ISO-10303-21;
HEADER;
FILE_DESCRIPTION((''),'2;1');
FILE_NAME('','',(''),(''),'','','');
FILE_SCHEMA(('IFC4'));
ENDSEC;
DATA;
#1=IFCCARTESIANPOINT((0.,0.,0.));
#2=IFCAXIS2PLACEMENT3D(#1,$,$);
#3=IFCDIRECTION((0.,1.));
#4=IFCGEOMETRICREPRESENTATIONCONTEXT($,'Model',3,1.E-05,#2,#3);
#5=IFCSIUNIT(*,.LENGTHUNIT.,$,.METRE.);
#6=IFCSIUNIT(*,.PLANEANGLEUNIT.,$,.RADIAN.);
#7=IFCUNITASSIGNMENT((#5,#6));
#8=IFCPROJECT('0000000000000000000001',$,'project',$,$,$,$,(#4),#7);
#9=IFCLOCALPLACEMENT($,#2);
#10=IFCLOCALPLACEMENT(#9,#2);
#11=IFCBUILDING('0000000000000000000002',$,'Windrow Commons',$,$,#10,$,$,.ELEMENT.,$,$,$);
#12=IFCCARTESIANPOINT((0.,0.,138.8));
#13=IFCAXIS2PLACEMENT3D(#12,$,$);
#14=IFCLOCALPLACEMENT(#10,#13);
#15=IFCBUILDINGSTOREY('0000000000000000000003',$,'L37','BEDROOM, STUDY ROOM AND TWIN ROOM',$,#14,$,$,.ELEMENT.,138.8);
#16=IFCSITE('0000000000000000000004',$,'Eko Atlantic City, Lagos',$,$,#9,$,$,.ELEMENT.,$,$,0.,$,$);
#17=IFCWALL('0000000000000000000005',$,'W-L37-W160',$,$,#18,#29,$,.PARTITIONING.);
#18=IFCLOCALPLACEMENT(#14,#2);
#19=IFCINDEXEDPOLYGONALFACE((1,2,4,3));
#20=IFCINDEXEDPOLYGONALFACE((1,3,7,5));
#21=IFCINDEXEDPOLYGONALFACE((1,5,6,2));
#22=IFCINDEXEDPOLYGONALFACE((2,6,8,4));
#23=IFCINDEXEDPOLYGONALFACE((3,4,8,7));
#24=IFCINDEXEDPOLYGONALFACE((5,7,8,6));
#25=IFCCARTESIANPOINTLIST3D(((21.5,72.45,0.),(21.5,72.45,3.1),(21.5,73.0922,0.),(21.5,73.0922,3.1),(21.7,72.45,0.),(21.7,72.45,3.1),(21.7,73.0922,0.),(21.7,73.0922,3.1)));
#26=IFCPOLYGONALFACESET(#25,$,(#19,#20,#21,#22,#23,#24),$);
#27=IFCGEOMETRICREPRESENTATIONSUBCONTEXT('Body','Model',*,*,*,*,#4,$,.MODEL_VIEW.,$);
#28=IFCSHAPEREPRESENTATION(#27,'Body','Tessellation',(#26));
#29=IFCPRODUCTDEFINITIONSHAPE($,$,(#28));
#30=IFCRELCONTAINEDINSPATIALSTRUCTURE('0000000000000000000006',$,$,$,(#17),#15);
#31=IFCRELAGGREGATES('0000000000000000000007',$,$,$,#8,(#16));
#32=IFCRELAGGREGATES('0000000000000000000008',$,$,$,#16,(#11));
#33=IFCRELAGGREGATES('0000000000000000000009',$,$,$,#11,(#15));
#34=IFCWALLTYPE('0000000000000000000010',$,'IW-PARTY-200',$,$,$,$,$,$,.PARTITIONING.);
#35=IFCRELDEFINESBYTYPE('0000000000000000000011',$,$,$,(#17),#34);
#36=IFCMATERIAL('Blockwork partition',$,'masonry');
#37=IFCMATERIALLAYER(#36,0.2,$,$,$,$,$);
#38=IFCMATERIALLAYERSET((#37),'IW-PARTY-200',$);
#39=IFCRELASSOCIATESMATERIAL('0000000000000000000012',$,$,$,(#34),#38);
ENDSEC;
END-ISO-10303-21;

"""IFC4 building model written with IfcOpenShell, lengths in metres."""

from ifc_helpers import new_model, si_unit, direction, frame, frame_2d, origin, place, context, subcontext, project, spatial, rectangle, extrude, material, layer, layer_set, type_object, element, save


model = new_model("IFC4")

# Units and contexts
model_context = context("Model", 3, precision=1e-05, world=origin(), true_north=direction((0.0, 1.0)))
body_context = subcontext(model_context, "Body", "Model", "MODEL_VIEW")
ifc_project = project(units=[si_unit("LENGTHUNIT", "METRE"), si_unit("PLANEANGLEUNIT", "RADIAN")], contexts=[model_context])

# Site, building, storey
site_placement = place(None, origin())
site = spatial("IfcSite", under=ifc_project, at=site_placement, Name="Eko Atlantic City, Lagos", CompositionType="ELEMENT", RefElevation=0.0)
building_placement = place(site_placement, origin())
building = spatial("IfcBuilding", under=site, at=building_placement, Name="Windrow Commons", CompositionType="ELEMENT")
storey_placement = place(building_placement, frame((0.0, 0.0, 138.8)))
storey = spatial("IfcBuildingStorey", under=building, at=storey_placement, Name="L37", Description="BEDROOM, STUDY ROOM AND TWIN ROOM", CompositionType="ELEMENT", Elevation=138.8)

# Wall
ifc_material_1 = material(Name="Blockwork partition", Category="masonry")
ifc_layer_1 = layer(ifc_material_1, 0.2)
ifc_layer_set_1 = layer_set([ifc_layer_1], Name="IW-PARTY-200")
wall_type_1 = type_object("IfcWallType", Name="IW-PARTY-200", PredefinedType="PARTITIONING", material=ifc_layer_set_1)
wall_1_placement = place(storey_placement, frame((21.6, 72.45, 0.0), z_axis=(0.0, 0.0, 1.0), x_axis=(0.0, 1.0, 0.0)))
element("IfcWall", 1, at=wall_1_placement, inside=storey, type_object=wall_type_1, Name="W-L37-W160", PredefinedType="PARTITIONING", context=body_context, shape_type="SweptSolid", body=[
    extrude(rectangle(XDim=0.6422, YDim=0.2, at=frame_2d((0.3211, 0.0))), origin(), (0.0, 0.0, 1.0), 3.1),
])

save(model, "model.ifc")
